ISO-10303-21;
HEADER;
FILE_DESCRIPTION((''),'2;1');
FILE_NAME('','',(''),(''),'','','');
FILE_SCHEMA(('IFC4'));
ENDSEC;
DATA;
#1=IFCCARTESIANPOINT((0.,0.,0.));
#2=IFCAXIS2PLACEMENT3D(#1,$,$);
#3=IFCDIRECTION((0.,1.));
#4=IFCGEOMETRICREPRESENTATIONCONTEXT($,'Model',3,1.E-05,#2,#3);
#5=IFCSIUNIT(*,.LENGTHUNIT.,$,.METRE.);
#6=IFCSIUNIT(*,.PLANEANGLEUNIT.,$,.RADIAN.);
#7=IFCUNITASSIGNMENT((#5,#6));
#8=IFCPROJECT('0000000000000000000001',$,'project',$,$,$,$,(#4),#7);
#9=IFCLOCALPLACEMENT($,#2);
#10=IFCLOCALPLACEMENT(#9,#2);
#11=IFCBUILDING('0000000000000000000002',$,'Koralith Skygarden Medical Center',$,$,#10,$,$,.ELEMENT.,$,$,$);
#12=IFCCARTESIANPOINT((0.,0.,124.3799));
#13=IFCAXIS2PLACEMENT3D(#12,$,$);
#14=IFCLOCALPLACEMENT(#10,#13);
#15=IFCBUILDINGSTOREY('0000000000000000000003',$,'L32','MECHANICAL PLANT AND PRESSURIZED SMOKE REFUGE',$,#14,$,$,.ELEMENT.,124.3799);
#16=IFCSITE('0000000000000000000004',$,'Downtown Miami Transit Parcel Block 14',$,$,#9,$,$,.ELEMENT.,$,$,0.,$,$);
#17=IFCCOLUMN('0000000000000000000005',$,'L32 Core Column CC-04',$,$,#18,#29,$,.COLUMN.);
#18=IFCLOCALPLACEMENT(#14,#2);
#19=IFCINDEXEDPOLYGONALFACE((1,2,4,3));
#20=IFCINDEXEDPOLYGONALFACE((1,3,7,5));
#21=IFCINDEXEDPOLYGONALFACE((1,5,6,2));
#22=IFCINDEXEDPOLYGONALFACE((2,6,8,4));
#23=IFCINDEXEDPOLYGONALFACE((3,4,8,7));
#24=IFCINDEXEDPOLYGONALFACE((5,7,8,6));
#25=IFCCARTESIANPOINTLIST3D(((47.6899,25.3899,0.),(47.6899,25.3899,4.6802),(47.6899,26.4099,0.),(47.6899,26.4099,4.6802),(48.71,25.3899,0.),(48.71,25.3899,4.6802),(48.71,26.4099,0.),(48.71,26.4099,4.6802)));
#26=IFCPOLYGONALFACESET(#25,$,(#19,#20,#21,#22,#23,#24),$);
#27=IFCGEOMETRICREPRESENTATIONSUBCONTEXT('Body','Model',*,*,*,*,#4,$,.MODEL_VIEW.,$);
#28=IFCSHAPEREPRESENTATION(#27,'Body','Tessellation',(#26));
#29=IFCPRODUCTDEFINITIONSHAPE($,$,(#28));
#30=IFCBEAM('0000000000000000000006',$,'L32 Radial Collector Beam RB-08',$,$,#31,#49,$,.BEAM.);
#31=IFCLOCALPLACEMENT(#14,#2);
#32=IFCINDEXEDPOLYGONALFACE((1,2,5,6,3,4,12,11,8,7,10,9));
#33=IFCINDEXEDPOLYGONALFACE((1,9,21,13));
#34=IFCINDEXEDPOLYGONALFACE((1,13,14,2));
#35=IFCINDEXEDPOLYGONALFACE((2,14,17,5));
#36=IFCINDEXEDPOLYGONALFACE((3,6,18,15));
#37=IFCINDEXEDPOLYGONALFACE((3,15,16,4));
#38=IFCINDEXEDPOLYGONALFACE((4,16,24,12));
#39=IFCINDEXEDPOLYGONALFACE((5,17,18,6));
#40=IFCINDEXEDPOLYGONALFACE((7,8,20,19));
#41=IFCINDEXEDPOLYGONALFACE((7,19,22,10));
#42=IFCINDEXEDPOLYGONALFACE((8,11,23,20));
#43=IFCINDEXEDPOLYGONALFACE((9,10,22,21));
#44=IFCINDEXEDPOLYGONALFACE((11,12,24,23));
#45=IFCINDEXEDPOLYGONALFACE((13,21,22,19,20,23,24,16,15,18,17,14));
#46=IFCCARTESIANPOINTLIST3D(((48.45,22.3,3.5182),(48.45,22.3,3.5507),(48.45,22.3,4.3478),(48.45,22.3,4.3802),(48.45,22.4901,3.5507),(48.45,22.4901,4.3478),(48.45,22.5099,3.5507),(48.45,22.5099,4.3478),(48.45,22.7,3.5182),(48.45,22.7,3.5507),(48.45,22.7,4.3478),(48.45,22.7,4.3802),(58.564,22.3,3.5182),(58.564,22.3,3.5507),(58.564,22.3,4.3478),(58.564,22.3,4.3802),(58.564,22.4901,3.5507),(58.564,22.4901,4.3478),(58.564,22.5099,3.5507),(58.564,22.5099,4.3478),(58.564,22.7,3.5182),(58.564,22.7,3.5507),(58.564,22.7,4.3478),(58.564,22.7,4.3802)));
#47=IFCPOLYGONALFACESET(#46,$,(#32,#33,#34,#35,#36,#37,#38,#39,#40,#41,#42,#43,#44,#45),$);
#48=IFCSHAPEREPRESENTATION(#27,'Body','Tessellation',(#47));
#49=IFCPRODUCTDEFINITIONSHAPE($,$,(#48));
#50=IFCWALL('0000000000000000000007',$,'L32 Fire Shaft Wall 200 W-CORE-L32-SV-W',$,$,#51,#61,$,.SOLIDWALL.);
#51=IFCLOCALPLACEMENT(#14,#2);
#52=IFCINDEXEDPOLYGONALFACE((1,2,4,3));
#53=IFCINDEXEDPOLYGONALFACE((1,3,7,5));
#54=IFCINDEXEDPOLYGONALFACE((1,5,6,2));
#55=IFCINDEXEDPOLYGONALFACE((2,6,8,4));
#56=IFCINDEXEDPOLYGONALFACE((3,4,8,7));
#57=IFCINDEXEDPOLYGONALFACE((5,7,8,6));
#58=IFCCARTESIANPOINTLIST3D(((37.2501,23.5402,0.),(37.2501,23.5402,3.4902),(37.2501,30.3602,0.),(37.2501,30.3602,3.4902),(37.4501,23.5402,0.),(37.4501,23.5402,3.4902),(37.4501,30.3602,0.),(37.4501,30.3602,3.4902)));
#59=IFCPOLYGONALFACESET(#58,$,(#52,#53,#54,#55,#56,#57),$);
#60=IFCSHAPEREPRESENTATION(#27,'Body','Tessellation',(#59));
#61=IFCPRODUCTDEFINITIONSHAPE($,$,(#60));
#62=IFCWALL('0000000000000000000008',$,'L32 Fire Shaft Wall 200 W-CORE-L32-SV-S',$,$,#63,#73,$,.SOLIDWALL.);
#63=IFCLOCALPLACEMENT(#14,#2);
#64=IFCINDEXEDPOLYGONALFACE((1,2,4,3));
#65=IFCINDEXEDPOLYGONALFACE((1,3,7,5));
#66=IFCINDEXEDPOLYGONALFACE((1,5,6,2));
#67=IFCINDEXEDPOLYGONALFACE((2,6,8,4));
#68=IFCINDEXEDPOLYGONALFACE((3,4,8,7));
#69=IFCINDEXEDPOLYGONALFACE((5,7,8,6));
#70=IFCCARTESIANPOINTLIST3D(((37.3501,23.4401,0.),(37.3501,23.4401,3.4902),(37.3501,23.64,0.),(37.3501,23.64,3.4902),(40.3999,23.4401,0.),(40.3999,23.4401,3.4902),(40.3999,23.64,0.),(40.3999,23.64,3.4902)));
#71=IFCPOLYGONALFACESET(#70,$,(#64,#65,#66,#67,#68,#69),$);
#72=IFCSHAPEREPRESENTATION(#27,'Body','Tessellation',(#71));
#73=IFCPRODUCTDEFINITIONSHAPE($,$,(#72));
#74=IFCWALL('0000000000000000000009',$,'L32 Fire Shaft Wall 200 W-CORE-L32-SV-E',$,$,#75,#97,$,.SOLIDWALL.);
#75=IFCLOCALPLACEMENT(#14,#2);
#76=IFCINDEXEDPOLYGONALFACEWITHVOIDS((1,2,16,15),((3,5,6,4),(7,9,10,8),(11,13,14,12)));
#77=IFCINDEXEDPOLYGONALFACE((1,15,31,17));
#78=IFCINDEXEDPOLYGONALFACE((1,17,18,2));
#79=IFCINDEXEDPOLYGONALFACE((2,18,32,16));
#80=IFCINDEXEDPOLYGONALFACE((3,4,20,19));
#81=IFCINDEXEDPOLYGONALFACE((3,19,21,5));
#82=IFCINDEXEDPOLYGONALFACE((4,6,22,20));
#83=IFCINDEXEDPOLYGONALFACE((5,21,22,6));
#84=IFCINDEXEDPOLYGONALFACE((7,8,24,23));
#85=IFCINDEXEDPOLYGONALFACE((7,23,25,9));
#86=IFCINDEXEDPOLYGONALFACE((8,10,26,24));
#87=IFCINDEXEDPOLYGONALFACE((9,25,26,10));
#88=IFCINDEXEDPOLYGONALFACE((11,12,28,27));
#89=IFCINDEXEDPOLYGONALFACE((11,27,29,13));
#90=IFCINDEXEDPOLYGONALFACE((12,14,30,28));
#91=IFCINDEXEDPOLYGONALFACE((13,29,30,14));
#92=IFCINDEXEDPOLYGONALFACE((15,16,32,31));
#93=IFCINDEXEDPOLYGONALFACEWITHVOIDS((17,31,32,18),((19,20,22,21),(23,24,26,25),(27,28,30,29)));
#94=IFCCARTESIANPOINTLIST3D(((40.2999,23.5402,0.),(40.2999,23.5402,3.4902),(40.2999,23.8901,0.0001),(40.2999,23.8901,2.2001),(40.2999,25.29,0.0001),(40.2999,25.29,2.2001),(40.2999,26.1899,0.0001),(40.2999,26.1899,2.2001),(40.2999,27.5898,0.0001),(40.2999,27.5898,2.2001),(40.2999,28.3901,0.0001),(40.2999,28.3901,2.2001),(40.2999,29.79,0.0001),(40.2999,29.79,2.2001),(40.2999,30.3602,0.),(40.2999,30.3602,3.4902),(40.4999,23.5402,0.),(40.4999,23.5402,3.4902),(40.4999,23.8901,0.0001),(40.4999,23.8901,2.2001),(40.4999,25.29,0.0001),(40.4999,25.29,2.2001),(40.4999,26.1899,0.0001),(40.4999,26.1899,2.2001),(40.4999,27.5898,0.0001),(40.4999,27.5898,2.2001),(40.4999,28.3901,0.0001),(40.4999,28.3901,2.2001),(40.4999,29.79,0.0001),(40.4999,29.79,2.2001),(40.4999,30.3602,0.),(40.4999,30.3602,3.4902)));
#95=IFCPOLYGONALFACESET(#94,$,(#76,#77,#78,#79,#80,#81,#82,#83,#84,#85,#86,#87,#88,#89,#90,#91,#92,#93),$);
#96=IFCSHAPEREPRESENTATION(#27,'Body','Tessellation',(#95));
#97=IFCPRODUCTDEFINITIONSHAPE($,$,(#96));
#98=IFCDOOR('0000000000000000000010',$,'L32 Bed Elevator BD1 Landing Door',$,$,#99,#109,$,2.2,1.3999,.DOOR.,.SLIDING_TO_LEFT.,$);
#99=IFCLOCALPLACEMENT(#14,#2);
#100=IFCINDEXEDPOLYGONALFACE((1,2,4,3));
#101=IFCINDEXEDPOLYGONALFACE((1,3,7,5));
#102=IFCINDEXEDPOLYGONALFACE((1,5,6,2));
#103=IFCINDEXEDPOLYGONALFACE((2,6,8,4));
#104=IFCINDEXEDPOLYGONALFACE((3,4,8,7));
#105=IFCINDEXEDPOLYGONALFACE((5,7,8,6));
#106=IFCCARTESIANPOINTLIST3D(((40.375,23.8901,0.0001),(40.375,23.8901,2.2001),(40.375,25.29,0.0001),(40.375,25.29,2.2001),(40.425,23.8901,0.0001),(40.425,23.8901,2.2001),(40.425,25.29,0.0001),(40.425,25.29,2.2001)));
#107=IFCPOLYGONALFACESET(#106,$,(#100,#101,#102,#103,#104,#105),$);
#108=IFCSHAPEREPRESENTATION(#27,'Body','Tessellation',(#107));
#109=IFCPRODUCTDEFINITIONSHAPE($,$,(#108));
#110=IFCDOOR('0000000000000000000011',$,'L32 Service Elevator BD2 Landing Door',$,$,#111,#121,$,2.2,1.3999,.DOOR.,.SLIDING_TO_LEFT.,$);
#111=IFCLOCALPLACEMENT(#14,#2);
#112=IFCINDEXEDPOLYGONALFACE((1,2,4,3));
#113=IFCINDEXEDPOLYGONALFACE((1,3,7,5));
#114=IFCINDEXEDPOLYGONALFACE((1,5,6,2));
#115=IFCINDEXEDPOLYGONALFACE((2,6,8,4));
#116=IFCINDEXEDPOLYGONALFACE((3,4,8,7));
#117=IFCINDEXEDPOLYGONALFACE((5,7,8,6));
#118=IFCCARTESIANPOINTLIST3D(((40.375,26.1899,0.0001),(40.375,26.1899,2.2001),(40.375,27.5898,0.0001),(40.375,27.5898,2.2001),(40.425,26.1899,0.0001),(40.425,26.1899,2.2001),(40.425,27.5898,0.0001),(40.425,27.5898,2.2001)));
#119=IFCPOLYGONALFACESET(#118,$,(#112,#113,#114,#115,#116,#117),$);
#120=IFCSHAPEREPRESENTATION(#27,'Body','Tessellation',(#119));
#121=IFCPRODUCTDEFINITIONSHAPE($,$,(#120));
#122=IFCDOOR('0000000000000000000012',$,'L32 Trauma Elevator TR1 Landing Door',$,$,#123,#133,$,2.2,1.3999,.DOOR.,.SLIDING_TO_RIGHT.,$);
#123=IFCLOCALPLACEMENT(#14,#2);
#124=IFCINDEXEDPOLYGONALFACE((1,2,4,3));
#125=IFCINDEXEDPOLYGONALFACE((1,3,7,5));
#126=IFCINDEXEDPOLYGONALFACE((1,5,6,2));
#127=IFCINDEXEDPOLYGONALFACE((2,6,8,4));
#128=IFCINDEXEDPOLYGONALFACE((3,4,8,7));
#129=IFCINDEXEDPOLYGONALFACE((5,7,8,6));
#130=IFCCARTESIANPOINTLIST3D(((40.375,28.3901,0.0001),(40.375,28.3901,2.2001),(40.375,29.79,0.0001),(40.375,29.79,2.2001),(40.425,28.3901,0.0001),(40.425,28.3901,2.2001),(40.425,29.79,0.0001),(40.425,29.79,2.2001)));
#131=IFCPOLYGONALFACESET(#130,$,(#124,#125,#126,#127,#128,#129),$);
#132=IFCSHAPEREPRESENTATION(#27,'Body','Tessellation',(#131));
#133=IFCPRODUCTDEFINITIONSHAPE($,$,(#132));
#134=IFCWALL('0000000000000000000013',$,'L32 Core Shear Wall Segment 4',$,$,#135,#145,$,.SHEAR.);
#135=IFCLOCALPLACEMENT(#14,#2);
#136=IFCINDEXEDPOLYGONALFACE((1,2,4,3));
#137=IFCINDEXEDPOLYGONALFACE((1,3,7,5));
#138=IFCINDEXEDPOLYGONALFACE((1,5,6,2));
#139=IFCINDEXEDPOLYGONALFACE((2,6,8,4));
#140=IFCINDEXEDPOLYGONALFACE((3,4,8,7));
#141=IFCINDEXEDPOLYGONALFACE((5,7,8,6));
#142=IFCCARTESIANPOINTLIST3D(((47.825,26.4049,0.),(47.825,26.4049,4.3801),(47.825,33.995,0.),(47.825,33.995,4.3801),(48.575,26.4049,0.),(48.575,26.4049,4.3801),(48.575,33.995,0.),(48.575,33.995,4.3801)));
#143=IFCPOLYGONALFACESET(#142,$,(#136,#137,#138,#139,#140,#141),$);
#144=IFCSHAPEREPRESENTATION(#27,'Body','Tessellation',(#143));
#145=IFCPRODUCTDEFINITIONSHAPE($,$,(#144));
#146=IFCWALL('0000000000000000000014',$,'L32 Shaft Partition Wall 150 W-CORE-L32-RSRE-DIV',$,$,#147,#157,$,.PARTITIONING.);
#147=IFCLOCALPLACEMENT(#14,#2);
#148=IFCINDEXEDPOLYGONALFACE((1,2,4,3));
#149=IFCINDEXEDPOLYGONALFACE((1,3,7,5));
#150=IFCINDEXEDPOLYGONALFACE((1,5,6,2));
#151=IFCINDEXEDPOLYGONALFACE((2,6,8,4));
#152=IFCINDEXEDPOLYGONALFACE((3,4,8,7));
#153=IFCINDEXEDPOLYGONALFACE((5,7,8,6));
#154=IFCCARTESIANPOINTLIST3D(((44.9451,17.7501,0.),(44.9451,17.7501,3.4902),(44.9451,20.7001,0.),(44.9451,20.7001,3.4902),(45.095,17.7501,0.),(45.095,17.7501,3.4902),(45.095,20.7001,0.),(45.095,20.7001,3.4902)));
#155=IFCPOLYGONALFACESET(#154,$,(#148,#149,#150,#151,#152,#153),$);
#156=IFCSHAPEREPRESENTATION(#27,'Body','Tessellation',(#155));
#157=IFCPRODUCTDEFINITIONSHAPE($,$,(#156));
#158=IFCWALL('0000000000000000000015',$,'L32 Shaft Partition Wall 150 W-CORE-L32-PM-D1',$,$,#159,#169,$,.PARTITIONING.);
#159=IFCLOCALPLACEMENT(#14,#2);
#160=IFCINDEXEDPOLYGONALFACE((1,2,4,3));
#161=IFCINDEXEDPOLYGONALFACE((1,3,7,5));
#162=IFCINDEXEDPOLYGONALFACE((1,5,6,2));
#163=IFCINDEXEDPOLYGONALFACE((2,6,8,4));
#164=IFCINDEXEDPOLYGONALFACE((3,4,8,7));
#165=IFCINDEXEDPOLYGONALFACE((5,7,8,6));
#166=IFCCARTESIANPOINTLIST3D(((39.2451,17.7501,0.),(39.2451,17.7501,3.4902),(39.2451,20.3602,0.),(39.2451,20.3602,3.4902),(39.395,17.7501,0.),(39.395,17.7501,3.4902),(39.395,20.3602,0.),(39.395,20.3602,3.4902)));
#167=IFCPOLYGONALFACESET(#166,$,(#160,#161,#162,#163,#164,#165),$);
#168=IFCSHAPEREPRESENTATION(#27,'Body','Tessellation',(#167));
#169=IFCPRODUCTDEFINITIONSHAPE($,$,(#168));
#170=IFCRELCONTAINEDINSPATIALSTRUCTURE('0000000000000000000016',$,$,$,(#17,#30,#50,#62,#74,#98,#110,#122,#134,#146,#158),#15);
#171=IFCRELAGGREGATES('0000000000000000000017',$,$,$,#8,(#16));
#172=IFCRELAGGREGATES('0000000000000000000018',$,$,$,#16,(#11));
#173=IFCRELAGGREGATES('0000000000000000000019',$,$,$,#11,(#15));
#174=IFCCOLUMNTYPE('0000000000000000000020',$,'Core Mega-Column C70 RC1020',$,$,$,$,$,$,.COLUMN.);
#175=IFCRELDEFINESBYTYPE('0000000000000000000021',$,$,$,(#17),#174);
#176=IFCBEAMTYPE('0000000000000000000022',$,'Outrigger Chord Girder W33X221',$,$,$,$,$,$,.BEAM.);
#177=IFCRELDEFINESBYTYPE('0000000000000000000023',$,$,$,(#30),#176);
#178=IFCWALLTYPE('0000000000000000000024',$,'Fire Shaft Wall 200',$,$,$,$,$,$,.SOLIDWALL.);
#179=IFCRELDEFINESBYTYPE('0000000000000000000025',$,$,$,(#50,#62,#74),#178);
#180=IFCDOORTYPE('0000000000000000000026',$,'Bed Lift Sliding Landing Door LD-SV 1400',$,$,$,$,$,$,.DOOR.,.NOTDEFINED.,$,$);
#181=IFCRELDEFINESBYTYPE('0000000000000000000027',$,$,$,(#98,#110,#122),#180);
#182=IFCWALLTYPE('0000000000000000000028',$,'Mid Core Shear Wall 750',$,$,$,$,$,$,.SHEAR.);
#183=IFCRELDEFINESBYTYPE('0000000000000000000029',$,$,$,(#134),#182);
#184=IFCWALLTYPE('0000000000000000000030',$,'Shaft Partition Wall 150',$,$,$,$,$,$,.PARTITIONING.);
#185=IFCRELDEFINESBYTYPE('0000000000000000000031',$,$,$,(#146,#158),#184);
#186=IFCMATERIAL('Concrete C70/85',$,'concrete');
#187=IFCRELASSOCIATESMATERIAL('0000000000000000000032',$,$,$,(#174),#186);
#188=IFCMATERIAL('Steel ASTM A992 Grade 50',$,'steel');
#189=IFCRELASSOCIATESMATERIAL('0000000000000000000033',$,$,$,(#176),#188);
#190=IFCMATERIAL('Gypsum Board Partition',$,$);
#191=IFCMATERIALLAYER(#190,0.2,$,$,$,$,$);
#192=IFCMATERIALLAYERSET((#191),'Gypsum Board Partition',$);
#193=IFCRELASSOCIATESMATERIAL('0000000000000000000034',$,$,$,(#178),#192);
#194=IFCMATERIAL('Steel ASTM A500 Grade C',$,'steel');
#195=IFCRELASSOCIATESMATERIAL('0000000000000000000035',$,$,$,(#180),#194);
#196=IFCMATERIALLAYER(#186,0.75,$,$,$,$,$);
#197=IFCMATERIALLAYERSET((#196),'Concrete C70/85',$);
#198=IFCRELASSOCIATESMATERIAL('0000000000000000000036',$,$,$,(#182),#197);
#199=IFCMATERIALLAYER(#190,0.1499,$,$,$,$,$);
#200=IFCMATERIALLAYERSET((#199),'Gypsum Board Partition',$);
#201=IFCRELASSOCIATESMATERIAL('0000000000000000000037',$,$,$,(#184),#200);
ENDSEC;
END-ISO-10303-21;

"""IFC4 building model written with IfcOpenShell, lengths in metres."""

from ifc_helpers import new_model, si_unit, direction, frame, frame_2d, origin, origin_2d, place, context, subcontext, project, spatial, rectangle, i_section, extrude, material, layer, layer_set, material_profile, profile_set, type_object, element, fill, save


model = new_model("IFC4")

# Units and contexts
model_context = context("Model", 3, precision=1e-05, world=origin(), true_north=direction((0.0, 1.0)))
body_context = subcontext(model_context, "Body", "Model", "MODEL_VIEW")
ifc_project = project(units=[si_unit("LENGTHUNIT", "METRE"), si_unit("PLANEANGLEUNIT", "RADIAN")], contexts=[model_context])

# Site, building, storey
site_placement = place(None, origin())
site = spatial("IfcSite", under=ifc_project, at=site_placement, Name="Downtown Miami Transit Parcel Block 14", CompositionType="ELEMENT", RefElevation=0.0)
building_placement = place(site_placement, origin())
building = spatial("IfcBuilding", under=site, at=building_placement, Name="Koralith Skygarden Medical Center", CompositionType="ELEMENT")
storey_placement = place(building_placement, frame((0.0, 0.0, 124.3799)))
storey = spatial("IfcBuildingStorey", under=building, at=storey_placement, Name="L32", Description="MECHANICAL PLANT AND PRESSURIZED SMOKE REFUGE", CompositionType="ELEMENT", Elevation=124.3799)

# Column
ifc_material_1 = material(Name="Concrete C70/85", Category="concrete")
ifc_material_profile_1 = material_profile(ifc_material_1, rectangle(XDim=1.02, YDim=1.02, at=origin_2d()), Name="RC1020X1020")
ifc_profile_set_1 = profile_set([ifc_material_profile_1], Name="Concrete C70/85")
column_type = type_object("IfcColumnType", Name="Core Mega-Column C70 RC1020", PredefinedType="COLUMN", material=ifc_profile_set_1)
column_placement = place(storey_placement, frame((48.2, 25.8999, 0.0), z_axis=(0.0, 0.0, 1.0), x_axis=(1.0, 0.0, 0.0)))
element("IfcColumn", 1, at=column_placement, inside=storey, type_object=column_type, Name="L32 Core Column CC-04", PredefinedType="COLUMN", context=body_context, shape_type="SweptSolid", body=[
    extrude(rectangle(XDim=1.02, YDim=1.02, at=origin_2d()), origin(), (0.0, 0.0, 1.0), 4.6802),
])

# Beam
ifc_material_2 = material(Name="Steel ASTM A992 Grade 50", Category="steel")
ifc_material_profile_2 = material_profile(ifc_material_2, i_section(OverallWidth=0.3999, OverallDepth=0.8621, WebThickness=0.0198, FlangeThickness=0.0325, at=origin_2d()), Name="W33X221")
ifc_profile_set_2 = profile_set([ifc_material_profile_2], Name="Steel ASTM A992 Grade 50")
beam_type = type_object("IfcBeamType", Name="Outrigger Chord Girder W33X221", PredefinedType="BEAM", material=ifc_profile_set_2)
beam_placement = place(storey_placement, frame((48.45, 22.5, 3.9492), z_axis=(1.0, 0.0, 0.0), x_axis=(0.0, 1.0, 0.0)))
element("IfcBeam", 2, at=beam_placement, inside=storey, type_object=beam_type, Name="L32 Radial Collector Beam RB-08", PredefinedType="BEAM", context=body_context, shape_type="SweptSolid", body=[
    extrude(i_section(OverallWidth=0.3999, OverallDepth=0.8621, WebThickness=0.0198, FlangeThickness=0.0325, at=origin_2d()), origin(), (0.0, 0.0, 1.0), 10.114),
])

# Shared definitions
ifc_material_3 = material(Name="Gypsum Board Partition")
ifc_layer_1 = layer(ifc_material_3, 0.2)
ifc_layer_set_1 = layer_set([ifc_layer_1], Name="Gypsum Board Partition")
wall_type_1 = type_object("IfcWallType", Name="Fire Shaft Wall 200", PredefinedType="SOLIDWALL", material=ifc_layer_set_1)
ifc_material_4 = material(Name="Steel ASTM A500 Grade C", Category="steel")

# Walls
wall_1_placement = place(storey_placement, frame((37.3501, 23.54, 0.0), z_axis=(0.0, 0.0, 1.0), x_axis=(0.0, 1.0, 0.0)))
element("IfcWall", 3, at=wall_1_placement, inside=storey, type_object=wall_type_1, Name="L32 Fire Shaft Wall 200 W-CORE-L32-SV-W", PredefinedType="SOLIDWALL", context=body_context, shape_type="SweptSolid", body=[
    extrude(rectangle(XDim=6.8201, YDim=0.2, at=frame_2d((3.4102, 0.0))), origin(), (0.0, 0.0, 1.0), 3.4902),
])
wall_2_placement = place(storey_placement, frame((37.3501, 23.54, 0.0), z_axis=(0.0, 0.0, 1.0), x_axis=(1.0, 0.0, 0.0)))
element("IfcWall", 4, at=wall_2_placement, inside=storey, type_object=wall_type_1, Name="L32 Fire Shaft Wall 200 W-CORE-L32-SV-S", PredefinedType="SOLIDWALL", context=body_context, shape_type="SweptSolid", body=[
    extrude(rectangle(XDim=3.0498, YDim=0.2, at=frame_2d((1.5249, 0.0))), origin(), (0.0, 0.0, 1.0), 3.4902),
])

# Wall, openings, doors
wall_3_placement = place(storey_placement, frame((40.3999, 23.54, 0.0), z_axis=(0.0, 0.0, 1.0), x_axis=(0.0, 1.0, 0.0)))
wall_3 = element("IfcWall", 5, at=wall_3_placement, inside=storey, type_object=wall_type_1, Name="L32 Fire Shaft Wall 200 W-CORE-L32-SV-E", PredefinedType="SOLIDWALL", context=body_context, shape_type="SweptSolid", body=[
    extrude(rectangle(XDim=6.8201, YDim=0.2, at=frame_2d((3.4102, 0.0))), origin(), (0.0, 0.0, 1.0), 3.4902),
])
opening_1_placement = place(wall_3_placement, frame((0.3501, 0.0, 0.0)))
opening_1 = element("IfcOpeningElement", 6, at=opening_1_placement, cuts=wall_3, PredefinedType="OPENING", context=body_context, shape_type="SweptSolid", body=[
    extrude(rectangle(XDim=1.3999, YDim=2.2, at=frame_2d((0.7, 1.1001))), frame((0.0, 0.1099, 0.0), z_axis=(0.0, -1.0, 0.0), x_axis=(1.0, 0.0, 0.0)), (0.0, 0.0, 1.0), 0.22),
])
opening_2_placement = place(wall_3_placement, frame((2.6499, 0.0, 0.0)))
opening_2 = element("IfcOpeningElement", 7, at=opening_2_placement, cuts=wall_3, PredefinedType="OPENING", context=body_context, shape_type="SweptSolid", body=[
    extrude(rectangle(XDim=1.3999, YDim=2.2, at=frame_2d((0.7, 1.1001))), frame((0.0, 0.1099, 0.0), z_axis=(0.0, -1.0, 0.0), x_axis=(1.0, 0.0, 0.0)), (0.0, 0.0, 1.0), 0.22),
])
opening_3_placement = place(wall_3_placement, frame((4.8501, 0.0, 0.0)))
opening_3 = element("IfcOpeningElement", 8, at=opening_3_placement, cuts=wall_3, PredefinedType="OPENING", context=body_context, shape_type="SweptSolid", body=[
    extrude(rectangle(XDim=1.3999, YDim=2.2, at=frame_2d((0.7, 1.1001))), frame((0.0, 0.1099, 0.0), z_axis=(0.0, -1.0, 0.0), x_axis=(1.0, 0.0, 0.0)), (0.0, 0.0, 1.0), 0.22),
])
door_type_1 = type_object("IfcDoorType", Name="Bed Lift Sliding Landing Door LD-SV 1400", OperationType="NOTDEFINED", PredefinedType="DOOR", material=ifc_material_4)
door_1_placement = place(opening_1_placement, origin())
door_1 = element("IfcDoor", 9, at=door_1_placement, inside=storey, type_object=door_type_1, Name="L32 Bed Elevator BD1 Landing Door", OperationType="SLIDING_TO_LEFT", OverallHeight=2.2, OverallWidth=1.3999, PredefinedType="DOOR", context=body_context, shape_type="SweptSolid", body=[
    extrude(rectangle(XDim=1.3999, YDim=2.2, at=frame_2d((0.7, 1.1001))), frame((0.0, 0.0249, 0.0), z_axis=(0.0, -1.0, 0.0), x_axis=(1.0, 0.0, 0.0)), (0.0, 0.0, 1.0), 0.05),
])
fill(opening_1, door_1)
door_2_placement = place(opening_2_placement, origin())
door_2 = element("IfcDoor", 10, at=door_2_placement, inside=storey, type_object=door_type_1, Name="L32 Service Elevator BD2 Landing Door", OperationType="SLIDING_TO_LEFT", OverallHeight=2.2, OverallWidth=1.3999, PredefinedType="DOOR", context=body_context, shape_type="SweptSolid", body=[
    extrude(rectangle(XDim=1.3999, YDim=2.2, at=frame_2d((0.7, 1.1001))), frame((0.0, 0.0249, 0.0), z_axis=(0.0, -1.0, 0.0), x_axis=(1.0, 0.0, 0.0)), (0.0, 0.0, 1.0), 0.05),
])
fill(opening_2, door_2)
door_3_placement = place(opening_3_placement, origin())
door_3 = element("IfcDoor", 11, at=door_3_placement, inside=storey, type_object=door_type_1, Name="L32 Trauma Elevator TR1 Landing Door", OperationType="SLIDING_TO_RIGHT", OverallHeight=2.2, OverallWidth=1.3999, PredefinedType="DOOR", context=body_context, shape_type="SweptSolid", body=[
    extrude(rectangle(XDim=1.3999, YDim=2.2, at=frame_2d((0.7, 1.1001))), frame((0.0, 0.0249, 0.0), z_axis=(0.0, -1.0, 0.0), x_axis=(1.0, 0.0, 0.0)), (0.0, 0.0, 1.0), 0.05),
])
fill(opening_3, door_3)

# Shared definitions
ifc_layer_2 = layer(ifc_material_1, 0.75)
ifc_layer_set_2 = layer_set([ifc_layer_2], Name="Concrete C70/85")
wall_type_2 = type_object("IfcWallType", Name="Mid Core Shear Wall 750", PredefinedType="SHEAR", material=ifc_layer_set_2)

# Walls
wall_4_placement = place(storey_placement, frame((48.2, 26.405, 0.0), z_axis=(0.0, 0.0, 1.0), x_axis=(0.0, 1.0, 0.0)))
element("IfcWall", 12, at=wall_4_placement, inside=storey, type_object=wall_type_2, Name="L32 Core Shear Wall Segment 4", PredefinedType="SHEAR", context=body_context, shape_type="SweptSolid", body=[
    extrude(rectangle(XDim=7.5901, YDim=0.75, at=frame_2d((3.7949, 0.0))), origin(), (0.0, 0.0, 1.0), 4.3801),
])
ifc_layer_3 = layer(ifc_material_3, 0.1499)
ifc_layer_set_3 = layer_set([ifc_layer_3], Name="Gypsum Board Partition")
wall_type_3 = type_object("IfcWallType", Name="Shaft Partition Wall 150", PredefinedType="PARTITIONING", material=ifc_layer_set_3)
wall_5_placement = place(storey_placement, frame((45.02, 17.75, 0.0), z_axis=(0.0, 0.0, 1.0), x_axis=(0.0, 1.0, 0.0)))
element("IfcWall", 13, at=wall_5_placement, inside=storey, type_object=wall_type_3, Name="L32 Shaft Partition Wall 150 W-CORE-L32-RSRE-DIV", PredefinedType="PARTITIONING", context=body_context, shape_type="SweptSolid", body=[
    extrude(rectangle(XDim=2.95, YDim=0.1499, at=frame_2d((1.4751, 0.0))), origin(), (0.0, 0.0, 1.0), 3.4902),
])
for number, where, z_axis, x_axis, name in (
    (14, (39.3201, 17.75, 0.0), (0.0, 0.0, 1.0), (0.0, 1.0, 0.0), "L32 Shaft Partition Wall 150 W-CORE-L32-PM-D1"),
):
    element("IfcWall", number, at=place(storey_placement, frame(where, z_axis=z_axis, x_axis=x_axis)), inside=storey, type_object=wall_type_3, Name=name, PredefinedType="PARTITIONING", context=body_context, shape_type="SweptSolid", body=[
        extrude(rectangle(XDim=2.6101, YDim=0.1499, at=frame_2d((1.3052, 0.0))), origin(), (0.0, 0.0, 1.0), 3.4902),
    ])

save(model, "model.ifc")
